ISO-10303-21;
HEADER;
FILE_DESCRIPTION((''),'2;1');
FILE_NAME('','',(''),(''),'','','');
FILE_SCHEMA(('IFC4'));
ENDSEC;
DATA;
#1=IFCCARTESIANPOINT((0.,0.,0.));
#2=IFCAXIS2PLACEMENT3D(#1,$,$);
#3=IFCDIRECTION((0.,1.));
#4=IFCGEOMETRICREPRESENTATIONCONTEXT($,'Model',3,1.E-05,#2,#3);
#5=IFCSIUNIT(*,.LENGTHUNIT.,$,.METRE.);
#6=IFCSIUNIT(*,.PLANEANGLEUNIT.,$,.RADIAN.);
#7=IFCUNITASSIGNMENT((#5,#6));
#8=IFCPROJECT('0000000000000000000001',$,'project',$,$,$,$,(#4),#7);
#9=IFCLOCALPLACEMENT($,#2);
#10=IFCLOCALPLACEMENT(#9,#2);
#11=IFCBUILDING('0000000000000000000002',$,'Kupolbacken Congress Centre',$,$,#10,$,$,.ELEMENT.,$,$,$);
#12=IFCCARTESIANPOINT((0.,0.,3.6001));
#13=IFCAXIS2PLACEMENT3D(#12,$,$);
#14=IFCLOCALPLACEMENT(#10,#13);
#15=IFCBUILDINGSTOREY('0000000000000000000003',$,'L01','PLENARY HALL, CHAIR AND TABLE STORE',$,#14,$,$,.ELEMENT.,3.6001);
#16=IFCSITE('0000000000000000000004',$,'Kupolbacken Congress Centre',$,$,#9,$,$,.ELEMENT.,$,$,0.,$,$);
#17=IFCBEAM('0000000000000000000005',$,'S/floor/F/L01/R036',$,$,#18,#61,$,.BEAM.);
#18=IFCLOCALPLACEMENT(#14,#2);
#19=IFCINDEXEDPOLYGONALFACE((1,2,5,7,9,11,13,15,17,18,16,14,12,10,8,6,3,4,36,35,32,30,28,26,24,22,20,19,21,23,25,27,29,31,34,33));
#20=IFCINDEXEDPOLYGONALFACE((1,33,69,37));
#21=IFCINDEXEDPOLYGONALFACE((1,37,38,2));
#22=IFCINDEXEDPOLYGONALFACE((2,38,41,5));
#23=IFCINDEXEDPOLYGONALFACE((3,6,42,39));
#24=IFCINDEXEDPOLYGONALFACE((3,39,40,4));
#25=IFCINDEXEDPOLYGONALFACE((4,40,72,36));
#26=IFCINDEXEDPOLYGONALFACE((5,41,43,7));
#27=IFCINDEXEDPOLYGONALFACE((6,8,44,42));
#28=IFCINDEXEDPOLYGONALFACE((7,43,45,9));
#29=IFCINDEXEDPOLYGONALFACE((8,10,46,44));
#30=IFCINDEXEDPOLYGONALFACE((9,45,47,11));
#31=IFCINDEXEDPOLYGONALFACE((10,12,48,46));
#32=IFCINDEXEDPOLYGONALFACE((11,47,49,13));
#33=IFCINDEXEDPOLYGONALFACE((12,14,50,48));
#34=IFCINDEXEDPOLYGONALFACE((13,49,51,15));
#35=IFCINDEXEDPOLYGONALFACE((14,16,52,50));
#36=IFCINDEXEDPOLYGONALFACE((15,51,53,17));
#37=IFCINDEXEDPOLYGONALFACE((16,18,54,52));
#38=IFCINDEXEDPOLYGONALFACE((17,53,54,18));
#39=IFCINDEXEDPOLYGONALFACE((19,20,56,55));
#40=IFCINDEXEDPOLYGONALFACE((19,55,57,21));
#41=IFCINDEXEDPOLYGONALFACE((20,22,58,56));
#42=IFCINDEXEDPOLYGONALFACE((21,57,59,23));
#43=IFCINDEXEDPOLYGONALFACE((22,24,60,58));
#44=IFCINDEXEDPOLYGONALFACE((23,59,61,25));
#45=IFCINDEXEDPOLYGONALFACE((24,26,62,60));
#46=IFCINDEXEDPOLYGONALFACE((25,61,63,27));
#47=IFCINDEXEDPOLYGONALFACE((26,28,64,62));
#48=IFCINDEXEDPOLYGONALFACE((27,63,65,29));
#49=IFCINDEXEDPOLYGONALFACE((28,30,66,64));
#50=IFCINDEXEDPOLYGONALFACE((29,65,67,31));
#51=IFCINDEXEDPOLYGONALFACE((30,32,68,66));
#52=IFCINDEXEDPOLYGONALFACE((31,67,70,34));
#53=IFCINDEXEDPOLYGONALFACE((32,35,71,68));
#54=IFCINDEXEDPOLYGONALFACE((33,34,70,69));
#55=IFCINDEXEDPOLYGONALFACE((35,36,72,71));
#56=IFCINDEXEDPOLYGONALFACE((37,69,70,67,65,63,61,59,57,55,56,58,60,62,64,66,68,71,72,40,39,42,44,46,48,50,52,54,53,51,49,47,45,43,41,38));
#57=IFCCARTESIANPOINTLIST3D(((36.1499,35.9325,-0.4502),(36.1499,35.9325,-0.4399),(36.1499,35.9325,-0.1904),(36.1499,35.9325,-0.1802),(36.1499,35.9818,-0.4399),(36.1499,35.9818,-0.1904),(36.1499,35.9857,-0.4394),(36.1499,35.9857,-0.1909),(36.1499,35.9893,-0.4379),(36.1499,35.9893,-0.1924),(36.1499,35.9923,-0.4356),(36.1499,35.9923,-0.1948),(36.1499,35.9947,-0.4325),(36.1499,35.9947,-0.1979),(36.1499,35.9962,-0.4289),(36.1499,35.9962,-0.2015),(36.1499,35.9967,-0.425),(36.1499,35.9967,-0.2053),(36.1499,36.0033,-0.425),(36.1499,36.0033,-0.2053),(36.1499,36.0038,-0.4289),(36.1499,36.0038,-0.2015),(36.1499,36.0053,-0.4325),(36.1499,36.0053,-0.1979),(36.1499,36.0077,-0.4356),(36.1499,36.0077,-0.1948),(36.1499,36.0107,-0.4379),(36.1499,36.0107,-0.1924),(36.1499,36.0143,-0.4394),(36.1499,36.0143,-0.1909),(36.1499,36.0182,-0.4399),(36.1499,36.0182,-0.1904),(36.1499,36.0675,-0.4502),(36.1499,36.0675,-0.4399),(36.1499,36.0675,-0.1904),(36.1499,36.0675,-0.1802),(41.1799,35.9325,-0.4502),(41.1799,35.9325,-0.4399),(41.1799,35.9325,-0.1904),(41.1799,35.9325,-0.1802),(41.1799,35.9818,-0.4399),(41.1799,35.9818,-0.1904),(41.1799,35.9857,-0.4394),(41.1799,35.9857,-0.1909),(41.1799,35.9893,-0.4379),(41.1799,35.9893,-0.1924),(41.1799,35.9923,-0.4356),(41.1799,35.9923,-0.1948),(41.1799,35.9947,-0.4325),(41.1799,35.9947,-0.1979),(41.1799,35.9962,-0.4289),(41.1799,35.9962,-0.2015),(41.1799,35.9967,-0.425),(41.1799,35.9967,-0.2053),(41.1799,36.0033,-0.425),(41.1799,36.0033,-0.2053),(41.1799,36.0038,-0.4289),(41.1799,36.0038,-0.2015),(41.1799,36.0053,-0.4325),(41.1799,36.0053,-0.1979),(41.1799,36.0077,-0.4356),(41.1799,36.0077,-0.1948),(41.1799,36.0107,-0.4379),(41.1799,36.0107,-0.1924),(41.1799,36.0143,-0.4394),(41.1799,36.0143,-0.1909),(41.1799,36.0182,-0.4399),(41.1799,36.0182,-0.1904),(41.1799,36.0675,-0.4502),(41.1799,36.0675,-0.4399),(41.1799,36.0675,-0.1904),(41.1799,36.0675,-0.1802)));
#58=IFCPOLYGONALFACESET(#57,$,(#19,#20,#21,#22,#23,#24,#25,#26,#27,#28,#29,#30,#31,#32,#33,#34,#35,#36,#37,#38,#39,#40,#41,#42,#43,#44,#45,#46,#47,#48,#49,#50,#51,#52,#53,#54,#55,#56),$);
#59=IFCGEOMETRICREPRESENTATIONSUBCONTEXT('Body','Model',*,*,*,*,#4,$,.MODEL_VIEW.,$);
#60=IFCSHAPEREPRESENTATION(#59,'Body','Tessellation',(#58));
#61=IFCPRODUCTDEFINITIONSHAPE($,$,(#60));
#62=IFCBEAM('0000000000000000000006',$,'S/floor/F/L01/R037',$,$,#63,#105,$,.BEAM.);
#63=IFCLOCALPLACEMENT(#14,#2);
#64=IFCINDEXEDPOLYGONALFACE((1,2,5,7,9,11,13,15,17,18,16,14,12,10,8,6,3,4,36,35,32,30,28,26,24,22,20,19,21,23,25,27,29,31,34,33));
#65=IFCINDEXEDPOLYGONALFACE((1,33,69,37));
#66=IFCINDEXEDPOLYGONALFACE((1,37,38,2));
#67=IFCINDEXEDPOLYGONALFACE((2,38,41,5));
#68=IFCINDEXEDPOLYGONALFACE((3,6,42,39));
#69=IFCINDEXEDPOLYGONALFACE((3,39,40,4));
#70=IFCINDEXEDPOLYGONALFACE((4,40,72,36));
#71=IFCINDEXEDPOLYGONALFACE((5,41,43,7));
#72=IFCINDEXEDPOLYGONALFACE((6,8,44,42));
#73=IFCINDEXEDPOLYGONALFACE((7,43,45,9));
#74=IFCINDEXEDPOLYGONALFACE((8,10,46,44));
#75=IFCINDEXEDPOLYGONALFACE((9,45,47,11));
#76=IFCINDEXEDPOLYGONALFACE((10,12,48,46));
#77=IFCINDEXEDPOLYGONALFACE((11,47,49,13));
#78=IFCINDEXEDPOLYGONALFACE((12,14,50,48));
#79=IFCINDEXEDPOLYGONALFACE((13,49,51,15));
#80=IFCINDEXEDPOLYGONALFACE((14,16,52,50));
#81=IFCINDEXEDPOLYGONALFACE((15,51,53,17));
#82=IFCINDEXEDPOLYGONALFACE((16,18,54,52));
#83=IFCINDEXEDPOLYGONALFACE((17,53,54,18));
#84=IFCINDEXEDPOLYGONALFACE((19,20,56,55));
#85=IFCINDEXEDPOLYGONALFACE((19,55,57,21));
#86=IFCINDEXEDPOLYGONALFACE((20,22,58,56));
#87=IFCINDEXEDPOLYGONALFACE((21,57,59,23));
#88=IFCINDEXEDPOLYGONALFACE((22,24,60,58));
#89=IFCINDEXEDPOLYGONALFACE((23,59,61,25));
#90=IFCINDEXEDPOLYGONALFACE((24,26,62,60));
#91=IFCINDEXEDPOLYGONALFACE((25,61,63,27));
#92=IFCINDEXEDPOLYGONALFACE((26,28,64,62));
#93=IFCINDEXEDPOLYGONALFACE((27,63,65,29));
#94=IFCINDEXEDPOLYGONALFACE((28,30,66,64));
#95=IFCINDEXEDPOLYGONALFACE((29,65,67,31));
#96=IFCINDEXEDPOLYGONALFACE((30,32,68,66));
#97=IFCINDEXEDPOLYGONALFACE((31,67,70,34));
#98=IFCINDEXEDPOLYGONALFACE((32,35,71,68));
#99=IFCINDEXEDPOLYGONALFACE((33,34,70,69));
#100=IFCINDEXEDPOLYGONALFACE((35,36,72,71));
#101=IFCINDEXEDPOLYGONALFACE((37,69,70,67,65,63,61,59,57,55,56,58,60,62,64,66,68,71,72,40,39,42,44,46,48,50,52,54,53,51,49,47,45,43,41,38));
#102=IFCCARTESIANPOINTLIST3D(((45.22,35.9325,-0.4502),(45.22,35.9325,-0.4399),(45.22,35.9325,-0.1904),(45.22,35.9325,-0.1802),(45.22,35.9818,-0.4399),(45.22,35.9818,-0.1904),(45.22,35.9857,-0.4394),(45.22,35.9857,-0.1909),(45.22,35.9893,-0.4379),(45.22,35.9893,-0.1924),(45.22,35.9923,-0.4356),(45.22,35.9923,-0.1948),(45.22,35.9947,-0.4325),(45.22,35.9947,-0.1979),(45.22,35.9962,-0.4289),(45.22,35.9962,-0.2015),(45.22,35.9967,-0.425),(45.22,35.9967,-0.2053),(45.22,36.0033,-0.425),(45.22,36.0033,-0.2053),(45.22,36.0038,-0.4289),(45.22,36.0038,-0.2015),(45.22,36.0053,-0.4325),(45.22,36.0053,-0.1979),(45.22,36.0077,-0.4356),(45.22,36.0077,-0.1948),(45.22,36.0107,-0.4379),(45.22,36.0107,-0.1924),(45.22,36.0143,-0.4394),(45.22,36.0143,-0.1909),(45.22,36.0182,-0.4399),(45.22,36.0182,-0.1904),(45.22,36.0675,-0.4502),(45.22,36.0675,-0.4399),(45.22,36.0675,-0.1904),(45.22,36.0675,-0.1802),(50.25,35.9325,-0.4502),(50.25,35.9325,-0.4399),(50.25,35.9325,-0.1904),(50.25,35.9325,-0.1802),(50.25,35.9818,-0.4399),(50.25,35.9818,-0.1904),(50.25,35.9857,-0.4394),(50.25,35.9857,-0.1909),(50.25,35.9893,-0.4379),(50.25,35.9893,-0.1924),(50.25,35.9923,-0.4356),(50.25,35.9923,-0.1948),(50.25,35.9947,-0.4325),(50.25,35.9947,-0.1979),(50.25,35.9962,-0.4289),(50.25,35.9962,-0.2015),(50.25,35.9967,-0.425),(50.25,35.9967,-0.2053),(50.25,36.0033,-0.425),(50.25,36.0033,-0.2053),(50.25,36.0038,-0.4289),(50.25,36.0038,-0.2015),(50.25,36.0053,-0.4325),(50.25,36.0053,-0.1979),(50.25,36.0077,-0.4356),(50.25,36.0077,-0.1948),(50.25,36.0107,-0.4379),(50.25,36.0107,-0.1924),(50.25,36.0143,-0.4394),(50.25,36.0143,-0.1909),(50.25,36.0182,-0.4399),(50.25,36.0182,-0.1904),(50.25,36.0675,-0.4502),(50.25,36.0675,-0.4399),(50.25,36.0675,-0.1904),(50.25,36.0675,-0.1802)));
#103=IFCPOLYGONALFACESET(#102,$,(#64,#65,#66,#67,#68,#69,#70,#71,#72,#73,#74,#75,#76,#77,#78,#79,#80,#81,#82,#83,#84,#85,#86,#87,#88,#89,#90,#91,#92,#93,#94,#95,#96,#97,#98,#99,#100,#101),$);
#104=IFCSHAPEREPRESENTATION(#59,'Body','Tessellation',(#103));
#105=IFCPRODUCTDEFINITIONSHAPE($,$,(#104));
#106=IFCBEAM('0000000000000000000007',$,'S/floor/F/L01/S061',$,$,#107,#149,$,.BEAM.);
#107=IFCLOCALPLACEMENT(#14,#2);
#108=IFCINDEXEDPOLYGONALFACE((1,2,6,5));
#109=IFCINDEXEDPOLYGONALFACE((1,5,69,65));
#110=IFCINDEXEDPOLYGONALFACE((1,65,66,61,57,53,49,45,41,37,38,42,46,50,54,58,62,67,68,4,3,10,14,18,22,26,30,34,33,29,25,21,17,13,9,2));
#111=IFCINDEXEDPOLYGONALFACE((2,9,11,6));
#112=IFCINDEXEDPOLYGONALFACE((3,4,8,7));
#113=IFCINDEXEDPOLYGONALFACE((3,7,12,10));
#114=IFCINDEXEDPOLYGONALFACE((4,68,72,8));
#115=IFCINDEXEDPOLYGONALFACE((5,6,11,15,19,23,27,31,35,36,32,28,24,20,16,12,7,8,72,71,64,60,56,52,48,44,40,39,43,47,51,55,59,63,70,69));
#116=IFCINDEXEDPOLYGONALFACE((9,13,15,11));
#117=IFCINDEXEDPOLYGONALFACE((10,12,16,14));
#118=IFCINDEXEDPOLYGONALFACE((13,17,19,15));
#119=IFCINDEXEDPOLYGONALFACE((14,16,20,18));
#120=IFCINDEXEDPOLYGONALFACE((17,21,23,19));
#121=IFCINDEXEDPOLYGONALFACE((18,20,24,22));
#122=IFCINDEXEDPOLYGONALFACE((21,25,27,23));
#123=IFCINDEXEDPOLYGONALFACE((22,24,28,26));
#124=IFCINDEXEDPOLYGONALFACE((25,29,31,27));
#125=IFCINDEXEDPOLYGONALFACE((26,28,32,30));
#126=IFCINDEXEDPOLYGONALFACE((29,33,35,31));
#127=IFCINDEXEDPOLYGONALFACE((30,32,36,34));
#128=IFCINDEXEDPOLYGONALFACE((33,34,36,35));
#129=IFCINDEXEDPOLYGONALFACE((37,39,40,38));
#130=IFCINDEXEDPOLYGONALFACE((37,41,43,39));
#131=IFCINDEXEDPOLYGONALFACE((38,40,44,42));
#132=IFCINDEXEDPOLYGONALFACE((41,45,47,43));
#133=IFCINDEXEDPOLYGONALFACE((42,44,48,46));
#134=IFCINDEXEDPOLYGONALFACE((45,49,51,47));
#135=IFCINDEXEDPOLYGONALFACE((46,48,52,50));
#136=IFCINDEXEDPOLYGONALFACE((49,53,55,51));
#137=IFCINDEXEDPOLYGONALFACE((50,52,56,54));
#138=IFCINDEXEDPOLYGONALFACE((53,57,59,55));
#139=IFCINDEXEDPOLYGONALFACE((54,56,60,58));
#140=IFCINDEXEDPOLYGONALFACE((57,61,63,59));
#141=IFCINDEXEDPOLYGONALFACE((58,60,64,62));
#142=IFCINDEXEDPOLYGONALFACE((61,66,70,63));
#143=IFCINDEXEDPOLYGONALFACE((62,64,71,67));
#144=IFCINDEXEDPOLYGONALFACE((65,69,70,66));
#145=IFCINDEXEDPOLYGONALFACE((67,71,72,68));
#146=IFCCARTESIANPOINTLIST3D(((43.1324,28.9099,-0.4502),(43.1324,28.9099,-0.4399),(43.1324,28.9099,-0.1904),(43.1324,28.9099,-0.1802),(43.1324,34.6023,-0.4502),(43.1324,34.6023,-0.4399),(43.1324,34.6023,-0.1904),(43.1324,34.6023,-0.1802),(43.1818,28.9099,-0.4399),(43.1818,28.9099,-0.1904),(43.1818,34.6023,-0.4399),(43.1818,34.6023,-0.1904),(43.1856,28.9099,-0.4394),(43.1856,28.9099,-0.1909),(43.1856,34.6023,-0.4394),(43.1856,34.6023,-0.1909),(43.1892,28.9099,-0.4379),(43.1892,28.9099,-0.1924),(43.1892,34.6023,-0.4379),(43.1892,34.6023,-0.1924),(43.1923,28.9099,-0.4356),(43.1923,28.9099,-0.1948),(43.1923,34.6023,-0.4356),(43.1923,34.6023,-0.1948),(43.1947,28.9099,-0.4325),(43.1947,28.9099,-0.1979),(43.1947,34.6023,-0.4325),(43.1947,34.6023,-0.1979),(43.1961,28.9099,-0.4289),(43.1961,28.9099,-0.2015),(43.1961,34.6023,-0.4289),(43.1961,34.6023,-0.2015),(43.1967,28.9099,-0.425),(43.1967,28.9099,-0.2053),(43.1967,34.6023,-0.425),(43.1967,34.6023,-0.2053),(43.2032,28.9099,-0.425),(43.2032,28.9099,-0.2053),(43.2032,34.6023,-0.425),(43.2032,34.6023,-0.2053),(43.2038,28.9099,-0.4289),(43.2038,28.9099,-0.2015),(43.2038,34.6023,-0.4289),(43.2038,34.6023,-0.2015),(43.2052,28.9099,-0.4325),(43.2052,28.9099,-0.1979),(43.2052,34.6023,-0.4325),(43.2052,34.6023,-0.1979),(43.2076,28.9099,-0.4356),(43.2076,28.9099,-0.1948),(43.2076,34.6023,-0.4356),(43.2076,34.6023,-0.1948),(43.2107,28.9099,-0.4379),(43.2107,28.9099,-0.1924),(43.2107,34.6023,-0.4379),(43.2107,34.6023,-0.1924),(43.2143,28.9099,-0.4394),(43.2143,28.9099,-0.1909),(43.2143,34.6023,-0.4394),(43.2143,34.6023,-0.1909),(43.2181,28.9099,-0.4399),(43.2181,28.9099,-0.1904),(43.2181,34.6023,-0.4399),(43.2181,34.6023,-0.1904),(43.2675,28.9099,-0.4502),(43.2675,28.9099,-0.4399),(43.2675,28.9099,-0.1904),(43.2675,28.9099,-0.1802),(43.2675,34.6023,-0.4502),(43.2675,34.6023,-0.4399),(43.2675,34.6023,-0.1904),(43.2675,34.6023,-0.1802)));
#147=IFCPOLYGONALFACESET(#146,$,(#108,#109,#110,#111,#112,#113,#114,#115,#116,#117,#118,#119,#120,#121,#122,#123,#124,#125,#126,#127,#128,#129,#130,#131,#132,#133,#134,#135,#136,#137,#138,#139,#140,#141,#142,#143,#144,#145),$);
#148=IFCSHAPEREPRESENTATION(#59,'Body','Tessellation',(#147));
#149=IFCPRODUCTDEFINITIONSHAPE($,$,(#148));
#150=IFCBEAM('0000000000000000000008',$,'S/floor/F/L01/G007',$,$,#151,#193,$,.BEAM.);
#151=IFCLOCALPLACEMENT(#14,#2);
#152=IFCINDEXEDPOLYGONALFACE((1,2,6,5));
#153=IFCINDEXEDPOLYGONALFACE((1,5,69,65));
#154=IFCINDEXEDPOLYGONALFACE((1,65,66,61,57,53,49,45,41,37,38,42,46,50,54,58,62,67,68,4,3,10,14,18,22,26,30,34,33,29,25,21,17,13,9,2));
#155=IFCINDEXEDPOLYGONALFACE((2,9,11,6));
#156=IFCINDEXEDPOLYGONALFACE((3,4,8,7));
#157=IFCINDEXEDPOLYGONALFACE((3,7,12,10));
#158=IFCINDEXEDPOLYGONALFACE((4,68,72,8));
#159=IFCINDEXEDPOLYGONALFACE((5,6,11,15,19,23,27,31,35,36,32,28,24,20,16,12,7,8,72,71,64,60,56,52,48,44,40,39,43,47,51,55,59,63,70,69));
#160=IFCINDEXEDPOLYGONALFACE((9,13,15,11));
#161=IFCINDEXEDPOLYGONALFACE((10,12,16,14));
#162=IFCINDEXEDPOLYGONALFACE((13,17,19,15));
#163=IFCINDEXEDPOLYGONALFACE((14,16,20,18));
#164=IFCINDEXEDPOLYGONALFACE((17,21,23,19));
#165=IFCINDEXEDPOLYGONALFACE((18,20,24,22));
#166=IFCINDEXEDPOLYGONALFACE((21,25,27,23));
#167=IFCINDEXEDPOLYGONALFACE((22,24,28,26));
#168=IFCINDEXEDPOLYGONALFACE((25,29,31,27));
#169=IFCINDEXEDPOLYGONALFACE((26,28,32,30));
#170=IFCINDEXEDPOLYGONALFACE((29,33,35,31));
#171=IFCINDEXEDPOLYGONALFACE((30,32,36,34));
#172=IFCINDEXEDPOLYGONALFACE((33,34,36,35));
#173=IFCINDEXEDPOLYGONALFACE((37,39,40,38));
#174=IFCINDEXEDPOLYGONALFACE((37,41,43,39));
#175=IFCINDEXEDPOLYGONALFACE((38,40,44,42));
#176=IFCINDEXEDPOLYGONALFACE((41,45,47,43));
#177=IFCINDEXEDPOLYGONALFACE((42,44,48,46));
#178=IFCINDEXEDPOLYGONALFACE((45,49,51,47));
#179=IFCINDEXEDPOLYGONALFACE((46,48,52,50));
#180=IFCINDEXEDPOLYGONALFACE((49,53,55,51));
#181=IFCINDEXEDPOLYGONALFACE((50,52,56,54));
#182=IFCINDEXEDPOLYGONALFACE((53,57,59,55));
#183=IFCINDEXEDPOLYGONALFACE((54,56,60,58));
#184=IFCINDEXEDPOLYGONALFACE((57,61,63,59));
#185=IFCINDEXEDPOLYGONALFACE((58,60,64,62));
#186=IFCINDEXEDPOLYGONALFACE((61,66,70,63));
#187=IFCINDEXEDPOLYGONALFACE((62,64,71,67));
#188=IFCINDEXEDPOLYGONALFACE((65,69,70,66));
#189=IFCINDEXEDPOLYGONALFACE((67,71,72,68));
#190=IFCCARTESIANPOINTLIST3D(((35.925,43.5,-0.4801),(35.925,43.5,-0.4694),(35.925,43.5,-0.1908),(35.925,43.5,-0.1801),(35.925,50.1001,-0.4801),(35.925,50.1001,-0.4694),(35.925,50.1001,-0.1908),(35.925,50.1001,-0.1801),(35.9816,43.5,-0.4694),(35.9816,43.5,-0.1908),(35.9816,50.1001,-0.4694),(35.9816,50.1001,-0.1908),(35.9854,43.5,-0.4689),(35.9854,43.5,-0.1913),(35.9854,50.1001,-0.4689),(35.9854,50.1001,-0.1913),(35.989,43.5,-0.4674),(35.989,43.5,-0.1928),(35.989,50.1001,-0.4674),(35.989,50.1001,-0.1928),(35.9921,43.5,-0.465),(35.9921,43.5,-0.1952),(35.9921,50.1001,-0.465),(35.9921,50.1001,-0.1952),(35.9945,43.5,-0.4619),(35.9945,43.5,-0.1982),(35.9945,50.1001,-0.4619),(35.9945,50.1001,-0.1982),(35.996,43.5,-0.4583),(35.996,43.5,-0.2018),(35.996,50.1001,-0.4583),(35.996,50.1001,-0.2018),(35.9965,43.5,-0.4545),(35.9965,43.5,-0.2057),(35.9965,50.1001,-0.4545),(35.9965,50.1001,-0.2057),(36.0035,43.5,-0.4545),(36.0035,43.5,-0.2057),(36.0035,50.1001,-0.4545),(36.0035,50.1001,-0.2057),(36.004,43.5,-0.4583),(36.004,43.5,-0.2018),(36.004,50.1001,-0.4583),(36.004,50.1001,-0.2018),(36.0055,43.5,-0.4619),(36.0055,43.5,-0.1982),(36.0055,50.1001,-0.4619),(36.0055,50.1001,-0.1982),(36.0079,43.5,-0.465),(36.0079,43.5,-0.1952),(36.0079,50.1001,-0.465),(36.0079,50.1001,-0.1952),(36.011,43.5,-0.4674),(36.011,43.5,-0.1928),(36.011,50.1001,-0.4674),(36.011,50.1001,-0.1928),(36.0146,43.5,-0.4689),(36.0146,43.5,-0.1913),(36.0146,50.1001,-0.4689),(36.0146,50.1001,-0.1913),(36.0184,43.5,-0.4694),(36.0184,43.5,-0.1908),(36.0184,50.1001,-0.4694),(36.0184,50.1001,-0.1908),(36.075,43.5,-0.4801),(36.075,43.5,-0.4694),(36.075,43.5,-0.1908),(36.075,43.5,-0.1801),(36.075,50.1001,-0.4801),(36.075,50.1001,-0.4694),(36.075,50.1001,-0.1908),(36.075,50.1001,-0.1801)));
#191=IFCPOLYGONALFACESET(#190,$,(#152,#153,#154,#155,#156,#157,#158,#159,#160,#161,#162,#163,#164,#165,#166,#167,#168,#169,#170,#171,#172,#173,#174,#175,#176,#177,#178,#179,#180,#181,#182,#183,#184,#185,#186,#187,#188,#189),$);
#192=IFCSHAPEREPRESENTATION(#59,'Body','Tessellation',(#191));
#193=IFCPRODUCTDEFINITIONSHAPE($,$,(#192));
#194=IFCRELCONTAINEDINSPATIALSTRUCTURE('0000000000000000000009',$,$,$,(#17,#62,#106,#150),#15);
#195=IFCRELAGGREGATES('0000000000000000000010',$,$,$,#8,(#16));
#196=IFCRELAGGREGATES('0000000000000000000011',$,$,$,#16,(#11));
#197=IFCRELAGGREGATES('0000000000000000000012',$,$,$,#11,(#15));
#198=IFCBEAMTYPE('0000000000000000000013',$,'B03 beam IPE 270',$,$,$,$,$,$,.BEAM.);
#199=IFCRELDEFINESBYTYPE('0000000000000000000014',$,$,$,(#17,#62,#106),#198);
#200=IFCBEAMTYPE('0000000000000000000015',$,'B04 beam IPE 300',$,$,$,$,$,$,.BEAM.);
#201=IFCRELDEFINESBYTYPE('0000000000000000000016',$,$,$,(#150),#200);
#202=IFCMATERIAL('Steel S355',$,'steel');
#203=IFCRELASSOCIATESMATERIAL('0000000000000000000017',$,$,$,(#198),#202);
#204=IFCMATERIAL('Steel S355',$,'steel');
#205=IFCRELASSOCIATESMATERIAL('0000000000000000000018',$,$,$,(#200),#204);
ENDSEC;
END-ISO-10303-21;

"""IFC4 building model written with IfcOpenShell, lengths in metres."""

from ifc_helpers import new_model, si_unit, direction, frame, origin, origin_2d, place, context, subcontext, project, spatial, i_section, extrude, material, material_profile, profile_set, type_object, element, save


model = new_model("IFC4")

# Units and contexts
model_context = context("Model", 3, precision=1e-05, world=origin(), true_north=direction((0.0, 1.0)))
body_context = subcontext(model_context, "Body", "Model", "MODEL_VIEW")
ifc_project = project(units=[si_unit("LENGTHUNIT", "METRE"), si_unit("PLANEANGLEUNIT", "RADIAN")], contexts=[model_context])

# Site, building, storey
site_placement = place(None, origin())
site = spatial("IfcSite", under=ifc_project, at=site_placement, Name="Kupolbacken Congress Centre", CompositionType="ELEMENT", RefElevation=0.0)
building_placement = place(site_placement, origin())
building = spatial("IfcBuilding", under=site, at=building_placement, Name="Kupolbacken Congress Centre", CompositionType="ELEMENT")
storey_placement = place(building_placement, frame((0.0, 0.0, 3.6001)))
storey = spatial("IfcBuildingStorey", under=building, at=storey_placement, Name="L01", Description="PLENARY HALL, CHAIR AND TABLE STORE", CompositionType="ELEMENT", Elevation=3.6001)

# Beams
ifc_material_1 = material(Name="Steel S355", Category="steel")
ifc_material_profile_1 = material_profile(ifc_material_1, i_section(OverallWidth=0.135, OverallDepth=0.27, WebThickness=0.0066, FlangeThickness=0.0103, FilletRadius=0.0149, at=origin_2d()), Name="IPE 270")
ifc_profile_set_1 = profile_set([ifc_material_profile_1], Name="Steel S355")
beam_type_1 = type_object("IfcBeamType", Name="B03 beam IPE 270", PredefinedType="BEAM", material=ifc_profile_set_1)
for number, where, z_axis, x_axis, name in (
    (1, (36.1499, 36.0, -0.3152), (1.0, 0.0, 0.0), (0.0, 1.0, 0.0), "S/floor/F/L01/R036"),
    (2, (45.22, 36.0, -0.3152), (1.0, 0.0, 0.0), (0.0, 1.0, 0.0), "S/floor/F/L01/R037"),
):
    element("IfcBeam", number, at=place(storey_placement, frame(where, z_axis=z_axis, x_axis=x_axis)), inside=storey, type_object=beam_type_1, Name=name, PredefinedType="BEAM", context=body_context, shape_type="SweptSolid", body=[
        extrude(i_section(OverallWidth=0.135, OverallDepth=0.27, WebThickness=0.0066, FlangeThickness=0.0103, FilletRadius=0.0149, at=origin_2d()), origin(), (0.0, 0.0, 1.0), 5.03),
    ])
beam_1_placement = place(storey_placement, frame((43.2, 28.9099, -0.3152), z_axis=(0.0, 1.0, 0.0), x_axis=(-1.0, 0.0, 0.0)))
element("IfcBeam", 3, at=beam_1_placement, inside=storey, type_object=beam_type_1, Name="S/floor/F/L01/S061", PredefinedType="BEAM", context=body_context, shape_type="SweptSolid", body=[
    extrude(i_section(OverallWidth=0.135, OverallDepth=0.27, WebThickness=0.0066, FlangeThickness=0.0103, FilletRadius=0.0149, at=origin_2d()), origin(), (0.0, 0.0, 1.0), 5.6924),
])
ifc_material_2 = material(Name="Steel S355", Category="steel")
ifc_material_profile_2 = material_profile(ifc_material_2, i_section(OverallWidth=0.1499, OverallDepth=0.3, WebThickness=0.0071, FlangeThickness=0.0107, FilletRadius=0.0149, at=origin_2d()), Name="IPE 300")
ifc_profile_set_2 = profile_set([ifc_material_profile_2], Name="Steel S355")
beam_type_2 = type_object("IfcBeamType", Name="B04 beam IPE 300", PredefinedType="BEAM", material=ifc_profile_set_2)
beam_2_placement = place(storey_placement, frame((36.0, 43.5, -0.3301), z_axis=(0.0, 1.0, 0.0), x_axis=(-1.0, 0.0, 0.0)))
element("IfcBeam", 4, at=beam_2_placement, inside=storey, type_object=beam_type_2, Name="S/floor/F/L01/G007", PredefinedType="BEAM", context=body_context, shape_type="SweptSolid", body=[
    extrude(i_section(OverallWidth=0.1499, OverallDepth=0.3, WebThickness=0.0071, FlangeThickness=0.0107, FilletRadius=0.0149, at=origin_2d()), origin(), (0.0, 0.0, 1.0), 6.6001),
])

save(model, "model.ifc")
